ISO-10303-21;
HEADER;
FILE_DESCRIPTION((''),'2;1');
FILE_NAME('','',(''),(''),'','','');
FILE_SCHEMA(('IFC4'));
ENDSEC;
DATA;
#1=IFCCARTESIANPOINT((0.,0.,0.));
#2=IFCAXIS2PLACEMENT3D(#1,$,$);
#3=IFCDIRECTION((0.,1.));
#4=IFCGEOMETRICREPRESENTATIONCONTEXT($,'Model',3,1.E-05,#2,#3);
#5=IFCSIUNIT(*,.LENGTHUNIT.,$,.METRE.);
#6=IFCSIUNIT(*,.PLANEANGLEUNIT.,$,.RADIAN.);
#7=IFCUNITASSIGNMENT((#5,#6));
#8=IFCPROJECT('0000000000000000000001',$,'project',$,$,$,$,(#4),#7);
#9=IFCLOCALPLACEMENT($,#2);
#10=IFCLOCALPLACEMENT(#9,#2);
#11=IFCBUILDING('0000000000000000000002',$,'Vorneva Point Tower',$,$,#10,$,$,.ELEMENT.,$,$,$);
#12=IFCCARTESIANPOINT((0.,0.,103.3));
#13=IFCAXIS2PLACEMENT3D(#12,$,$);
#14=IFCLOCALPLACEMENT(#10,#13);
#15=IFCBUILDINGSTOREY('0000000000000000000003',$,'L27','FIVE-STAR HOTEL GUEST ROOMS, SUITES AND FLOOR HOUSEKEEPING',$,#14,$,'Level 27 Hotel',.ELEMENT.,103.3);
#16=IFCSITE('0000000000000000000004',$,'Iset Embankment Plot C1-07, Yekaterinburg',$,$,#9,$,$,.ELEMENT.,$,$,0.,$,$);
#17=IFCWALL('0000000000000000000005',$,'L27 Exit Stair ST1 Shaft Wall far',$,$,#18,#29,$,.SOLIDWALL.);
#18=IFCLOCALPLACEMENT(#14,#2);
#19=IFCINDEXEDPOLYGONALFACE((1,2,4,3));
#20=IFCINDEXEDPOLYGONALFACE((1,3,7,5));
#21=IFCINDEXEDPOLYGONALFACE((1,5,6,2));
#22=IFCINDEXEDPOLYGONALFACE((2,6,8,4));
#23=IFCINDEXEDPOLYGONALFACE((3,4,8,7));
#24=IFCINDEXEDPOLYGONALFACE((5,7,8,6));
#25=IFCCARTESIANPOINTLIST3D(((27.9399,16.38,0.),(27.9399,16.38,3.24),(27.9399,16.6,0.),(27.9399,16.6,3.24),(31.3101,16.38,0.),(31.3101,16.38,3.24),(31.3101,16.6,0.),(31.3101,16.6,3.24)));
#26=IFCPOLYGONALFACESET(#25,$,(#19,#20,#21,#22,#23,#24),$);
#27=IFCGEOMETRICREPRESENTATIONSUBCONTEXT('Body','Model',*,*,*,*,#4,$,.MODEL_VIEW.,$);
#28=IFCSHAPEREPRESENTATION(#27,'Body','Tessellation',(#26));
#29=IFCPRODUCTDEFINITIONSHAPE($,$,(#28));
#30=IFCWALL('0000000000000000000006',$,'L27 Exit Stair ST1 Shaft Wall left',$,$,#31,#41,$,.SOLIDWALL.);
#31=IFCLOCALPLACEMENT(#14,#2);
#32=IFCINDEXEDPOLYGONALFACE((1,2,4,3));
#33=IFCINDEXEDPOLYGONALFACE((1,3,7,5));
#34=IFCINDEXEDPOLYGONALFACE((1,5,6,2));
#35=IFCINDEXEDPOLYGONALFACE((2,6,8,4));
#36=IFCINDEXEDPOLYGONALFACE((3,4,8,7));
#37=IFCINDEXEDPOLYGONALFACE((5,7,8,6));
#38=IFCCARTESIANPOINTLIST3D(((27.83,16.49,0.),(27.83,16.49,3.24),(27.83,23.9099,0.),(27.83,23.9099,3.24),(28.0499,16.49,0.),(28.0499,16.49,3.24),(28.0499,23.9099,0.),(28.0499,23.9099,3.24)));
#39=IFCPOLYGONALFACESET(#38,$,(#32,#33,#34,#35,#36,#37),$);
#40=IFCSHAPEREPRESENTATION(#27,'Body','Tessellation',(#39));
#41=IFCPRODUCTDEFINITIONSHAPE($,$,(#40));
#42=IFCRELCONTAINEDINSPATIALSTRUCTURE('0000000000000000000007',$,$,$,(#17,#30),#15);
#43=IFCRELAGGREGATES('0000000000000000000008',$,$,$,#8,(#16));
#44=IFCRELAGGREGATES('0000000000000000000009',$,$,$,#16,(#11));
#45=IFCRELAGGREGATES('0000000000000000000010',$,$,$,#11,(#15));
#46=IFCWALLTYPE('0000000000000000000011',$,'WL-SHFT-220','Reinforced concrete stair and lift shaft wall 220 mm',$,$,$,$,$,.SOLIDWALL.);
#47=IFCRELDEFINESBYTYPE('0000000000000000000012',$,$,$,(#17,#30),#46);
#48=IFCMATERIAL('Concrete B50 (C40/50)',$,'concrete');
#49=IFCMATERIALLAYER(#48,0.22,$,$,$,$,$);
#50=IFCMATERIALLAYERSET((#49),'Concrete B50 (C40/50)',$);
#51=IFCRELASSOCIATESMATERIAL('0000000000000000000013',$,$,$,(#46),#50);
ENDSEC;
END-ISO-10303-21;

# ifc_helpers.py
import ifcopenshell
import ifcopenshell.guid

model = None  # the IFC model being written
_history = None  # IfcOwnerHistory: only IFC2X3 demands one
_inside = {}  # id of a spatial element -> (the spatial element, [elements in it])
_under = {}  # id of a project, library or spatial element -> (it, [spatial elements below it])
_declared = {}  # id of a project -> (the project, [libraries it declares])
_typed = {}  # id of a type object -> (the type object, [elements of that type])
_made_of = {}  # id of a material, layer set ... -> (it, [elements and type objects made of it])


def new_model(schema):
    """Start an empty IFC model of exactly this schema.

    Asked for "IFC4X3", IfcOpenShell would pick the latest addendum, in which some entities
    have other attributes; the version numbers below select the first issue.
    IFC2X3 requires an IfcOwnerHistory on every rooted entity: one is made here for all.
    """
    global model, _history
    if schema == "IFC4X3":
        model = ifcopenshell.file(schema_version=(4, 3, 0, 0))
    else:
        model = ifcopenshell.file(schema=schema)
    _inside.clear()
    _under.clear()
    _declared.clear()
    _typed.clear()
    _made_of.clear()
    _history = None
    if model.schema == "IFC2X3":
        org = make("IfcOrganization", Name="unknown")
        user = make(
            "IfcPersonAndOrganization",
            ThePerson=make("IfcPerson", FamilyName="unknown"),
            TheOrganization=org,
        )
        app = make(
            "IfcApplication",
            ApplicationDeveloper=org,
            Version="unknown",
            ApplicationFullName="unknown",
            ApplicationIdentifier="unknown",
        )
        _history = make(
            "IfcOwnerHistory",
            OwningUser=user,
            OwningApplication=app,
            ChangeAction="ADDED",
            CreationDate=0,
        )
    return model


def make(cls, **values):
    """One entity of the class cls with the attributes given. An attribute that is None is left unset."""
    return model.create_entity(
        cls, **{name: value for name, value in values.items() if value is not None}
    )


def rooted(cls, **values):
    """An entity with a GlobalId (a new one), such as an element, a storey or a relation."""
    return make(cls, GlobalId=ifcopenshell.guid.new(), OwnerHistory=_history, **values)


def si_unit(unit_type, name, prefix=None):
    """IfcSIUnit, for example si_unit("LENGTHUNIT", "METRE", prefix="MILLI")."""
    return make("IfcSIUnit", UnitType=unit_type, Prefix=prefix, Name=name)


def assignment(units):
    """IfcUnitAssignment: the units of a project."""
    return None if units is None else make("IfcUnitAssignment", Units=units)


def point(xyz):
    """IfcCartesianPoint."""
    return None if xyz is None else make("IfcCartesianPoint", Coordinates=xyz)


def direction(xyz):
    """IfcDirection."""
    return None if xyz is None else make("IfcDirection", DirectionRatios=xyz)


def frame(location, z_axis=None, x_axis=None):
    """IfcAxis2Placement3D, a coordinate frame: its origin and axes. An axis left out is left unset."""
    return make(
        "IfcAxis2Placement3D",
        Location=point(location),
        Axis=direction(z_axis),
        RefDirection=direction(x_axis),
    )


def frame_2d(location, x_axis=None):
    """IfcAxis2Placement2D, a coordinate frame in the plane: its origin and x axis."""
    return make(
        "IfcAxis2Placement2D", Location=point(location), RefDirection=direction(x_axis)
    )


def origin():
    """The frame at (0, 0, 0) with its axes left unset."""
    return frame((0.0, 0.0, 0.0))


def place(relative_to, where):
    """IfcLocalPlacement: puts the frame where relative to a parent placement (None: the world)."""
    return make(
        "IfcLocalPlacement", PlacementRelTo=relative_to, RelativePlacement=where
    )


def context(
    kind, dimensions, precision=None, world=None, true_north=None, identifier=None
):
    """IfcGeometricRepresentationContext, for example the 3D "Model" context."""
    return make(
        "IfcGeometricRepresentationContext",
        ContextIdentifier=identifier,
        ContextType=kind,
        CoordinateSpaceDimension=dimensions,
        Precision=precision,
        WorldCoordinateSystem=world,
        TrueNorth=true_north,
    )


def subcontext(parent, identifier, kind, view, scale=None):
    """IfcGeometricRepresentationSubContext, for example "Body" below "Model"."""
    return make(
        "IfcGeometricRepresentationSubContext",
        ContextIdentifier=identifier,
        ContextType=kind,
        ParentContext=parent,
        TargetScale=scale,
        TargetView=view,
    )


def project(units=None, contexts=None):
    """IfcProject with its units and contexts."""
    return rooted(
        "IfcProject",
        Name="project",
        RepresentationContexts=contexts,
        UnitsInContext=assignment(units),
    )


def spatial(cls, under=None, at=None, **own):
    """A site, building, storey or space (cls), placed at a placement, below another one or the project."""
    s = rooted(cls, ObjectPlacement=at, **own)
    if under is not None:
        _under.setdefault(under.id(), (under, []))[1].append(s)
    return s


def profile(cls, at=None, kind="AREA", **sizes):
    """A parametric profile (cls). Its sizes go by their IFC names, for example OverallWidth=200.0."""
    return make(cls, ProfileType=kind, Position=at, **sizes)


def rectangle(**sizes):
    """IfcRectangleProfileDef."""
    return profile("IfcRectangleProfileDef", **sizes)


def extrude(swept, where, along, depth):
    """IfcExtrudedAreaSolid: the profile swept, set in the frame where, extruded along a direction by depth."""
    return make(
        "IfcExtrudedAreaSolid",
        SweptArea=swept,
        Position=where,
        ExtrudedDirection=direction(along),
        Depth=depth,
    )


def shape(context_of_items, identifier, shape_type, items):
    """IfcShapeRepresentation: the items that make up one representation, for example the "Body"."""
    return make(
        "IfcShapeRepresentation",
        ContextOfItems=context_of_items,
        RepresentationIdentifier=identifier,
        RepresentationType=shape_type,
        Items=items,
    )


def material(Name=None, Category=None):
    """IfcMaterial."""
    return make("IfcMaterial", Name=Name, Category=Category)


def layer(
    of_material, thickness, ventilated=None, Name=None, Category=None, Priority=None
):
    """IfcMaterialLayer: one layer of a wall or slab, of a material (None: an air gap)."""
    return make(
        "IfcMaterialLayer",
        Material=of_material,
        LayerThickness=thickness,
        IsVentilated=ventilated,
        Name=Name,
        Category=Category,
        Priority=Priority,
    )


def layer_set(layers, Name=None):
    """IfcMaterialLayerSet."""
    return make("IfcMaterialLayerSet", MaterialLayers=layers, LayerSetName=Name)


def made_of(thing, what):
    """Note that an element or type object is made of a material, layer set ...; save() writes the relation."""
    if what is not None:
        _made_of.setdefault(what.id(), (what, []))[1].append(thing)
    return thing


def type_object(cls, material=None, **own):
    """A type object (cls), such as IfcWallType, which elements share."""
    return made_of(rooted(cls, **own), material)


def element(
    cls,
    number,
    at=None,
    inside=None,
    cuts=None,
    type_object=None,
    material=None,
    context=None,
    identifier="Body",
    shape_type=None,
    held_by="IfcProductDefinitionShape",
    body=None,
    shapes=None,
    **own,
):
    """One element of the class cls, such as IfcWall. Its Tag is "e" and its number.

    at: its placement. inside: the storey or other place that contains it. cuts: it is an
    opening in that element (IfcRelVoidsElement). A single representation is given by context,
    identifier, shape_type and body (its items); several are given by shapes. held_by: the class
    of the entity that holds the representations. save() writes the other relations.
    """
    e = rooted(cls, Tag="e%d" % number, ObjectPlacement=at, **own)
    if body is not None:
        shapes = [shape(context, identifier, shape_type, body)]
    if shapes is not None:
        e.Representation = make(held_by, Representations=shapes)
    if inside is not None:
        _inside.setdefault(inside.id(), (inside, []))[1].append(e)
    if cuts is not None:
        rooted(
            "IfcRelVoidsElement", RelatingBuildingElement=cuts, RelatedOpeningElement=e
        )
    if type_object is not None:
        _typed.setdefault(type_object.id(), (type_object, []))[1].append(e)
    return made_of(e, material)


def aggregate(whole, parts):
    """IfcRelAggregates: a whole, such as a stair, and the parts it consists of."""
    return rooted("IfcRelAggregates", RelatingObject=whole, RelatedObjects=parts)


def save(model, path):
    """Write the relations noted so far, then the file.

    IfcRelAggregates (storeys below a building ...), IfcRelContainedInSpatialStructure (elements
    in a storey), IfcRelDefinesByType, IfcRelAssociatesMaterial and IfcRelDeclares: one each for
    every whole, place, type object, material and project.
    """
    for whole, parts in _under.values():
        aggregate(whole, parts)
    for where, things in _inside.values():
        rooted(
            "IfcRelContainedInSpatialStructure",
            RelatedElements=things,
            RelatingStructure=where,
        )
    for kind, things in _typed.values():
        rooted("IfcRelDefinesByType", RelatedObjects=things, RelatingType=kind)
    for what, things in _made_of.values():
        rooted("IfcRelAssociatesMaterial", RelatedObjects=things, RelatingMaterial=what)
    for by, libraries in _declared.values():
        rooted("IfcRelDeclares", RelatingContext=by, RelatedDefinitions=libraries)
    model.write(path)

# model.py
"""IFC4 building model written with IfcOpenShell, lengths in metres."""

from ifc_helpers import new_model, si_unit, direction, frame, frame_2d, origin, place, context, subcontext, project, spatial, rectangle, extrude, material, layer, layer_set, type_object, element, save


model = new_model("IFC4")

# Units and contexts
model_context = context("Model", 3, precision=1e-05, world=origin(), true_north=direction((0.0, 1.0)))
body_context = subcontext(model_context, "Body", "Model", "MODEL_VIEW")
ifc_project = project(units=[si_unit("LENGTHUNIT", "METRE"), si_unit("PLANEANGLEUNIT", "RADIAN")], contexts=[model_context])

# Site, building, storey
site_placement = place(None, origin())
site = spatial("IfcSite", under=ifc_project, at=site_placement, Name="Iset Embankment Plot C1-07, Yekaterinburg", CompositionType="ELEMENT", RefElevation=0.0)
building_placement = place(site_placement, origin())
building = spatial("IfcBuilding", under=site, at=building_placement, Name="Vorneva Point Tower", CompositionType="ELEMENT")
storey_placement = place(building_placement, frame((0.0, 0.0, 103.3)))
storey = spatial("IfcBuildingStorey", under=building, at=storey_placement, Name="L27", Description="FIVE-STAR HOTEL GUEST ROOMS, SUITES AND FLOOR HOUSEKEEPING", LongName="Level 27 Hotel", CompositionType="ELEMENT", Elevation=103.3)

# Walls
ifc_material_1 = material(Name="Concrete B50 (C40/50)", Category="concrete")
ifc_layer_1 = layer(ifc_material_1, 0.22)
ifc_layer_set_1 = layer_set([ifc_layer_1], Name="Concrete B50 (C40/50)")
wall_type_1 = type_object("IfcWallType", Name="WL-SHFT-220", Description="Reinforced concrete stair and lift shaft wall 220 mm", PredefinedType="SOLIDWALL", material=ifc_layer_set_1)
wall_1_placement = place(storey_placement, frame((31.3101, 16.49, 0.0), z_axis=(0.0, 0.0, 1.0), x_axis=(-1.0, 0.0, 0.0)))
element("IfcWall", 1, at=wall_1_placement, inside=storey, type_object=wall_type_1, Name="L27 Exit Stair ST1 Shaft Wall far", PredefinedType="SOLIDWALL", context=body_context, shape_type="SweptSolid", body=[
    extrude(rectangle(XDim=3.3701, YDim=0.22, at=frame_2d((1.6851, 0.0))), origin(), (0.0, 0.0, 1.0), 3.24),
])
wall_2_placement = place(storey_placement, frame((27.9399, 16.49, 0.0), z_axis=(0.0, 0.0, 1.0), x_axis=(0.0, 1.0, 0.0)))
element("IfcWall", 2, at=wall_2_placement, inside=storey, type_object=wall_type_1, Name="L27 Exit Stair ST1 Shaft Wall left", PredefinedType="SOLIDWALL", context=body_context, shape_type="SweptSolid", body=[
    extrude(rectangle(XDim=7.4199, YDim=0.22, at=frame_2d((3.71, 0.0))), origin(), (0.0, 0.0, 1.0), 3.24),
])

save(model, "model.ifc")
